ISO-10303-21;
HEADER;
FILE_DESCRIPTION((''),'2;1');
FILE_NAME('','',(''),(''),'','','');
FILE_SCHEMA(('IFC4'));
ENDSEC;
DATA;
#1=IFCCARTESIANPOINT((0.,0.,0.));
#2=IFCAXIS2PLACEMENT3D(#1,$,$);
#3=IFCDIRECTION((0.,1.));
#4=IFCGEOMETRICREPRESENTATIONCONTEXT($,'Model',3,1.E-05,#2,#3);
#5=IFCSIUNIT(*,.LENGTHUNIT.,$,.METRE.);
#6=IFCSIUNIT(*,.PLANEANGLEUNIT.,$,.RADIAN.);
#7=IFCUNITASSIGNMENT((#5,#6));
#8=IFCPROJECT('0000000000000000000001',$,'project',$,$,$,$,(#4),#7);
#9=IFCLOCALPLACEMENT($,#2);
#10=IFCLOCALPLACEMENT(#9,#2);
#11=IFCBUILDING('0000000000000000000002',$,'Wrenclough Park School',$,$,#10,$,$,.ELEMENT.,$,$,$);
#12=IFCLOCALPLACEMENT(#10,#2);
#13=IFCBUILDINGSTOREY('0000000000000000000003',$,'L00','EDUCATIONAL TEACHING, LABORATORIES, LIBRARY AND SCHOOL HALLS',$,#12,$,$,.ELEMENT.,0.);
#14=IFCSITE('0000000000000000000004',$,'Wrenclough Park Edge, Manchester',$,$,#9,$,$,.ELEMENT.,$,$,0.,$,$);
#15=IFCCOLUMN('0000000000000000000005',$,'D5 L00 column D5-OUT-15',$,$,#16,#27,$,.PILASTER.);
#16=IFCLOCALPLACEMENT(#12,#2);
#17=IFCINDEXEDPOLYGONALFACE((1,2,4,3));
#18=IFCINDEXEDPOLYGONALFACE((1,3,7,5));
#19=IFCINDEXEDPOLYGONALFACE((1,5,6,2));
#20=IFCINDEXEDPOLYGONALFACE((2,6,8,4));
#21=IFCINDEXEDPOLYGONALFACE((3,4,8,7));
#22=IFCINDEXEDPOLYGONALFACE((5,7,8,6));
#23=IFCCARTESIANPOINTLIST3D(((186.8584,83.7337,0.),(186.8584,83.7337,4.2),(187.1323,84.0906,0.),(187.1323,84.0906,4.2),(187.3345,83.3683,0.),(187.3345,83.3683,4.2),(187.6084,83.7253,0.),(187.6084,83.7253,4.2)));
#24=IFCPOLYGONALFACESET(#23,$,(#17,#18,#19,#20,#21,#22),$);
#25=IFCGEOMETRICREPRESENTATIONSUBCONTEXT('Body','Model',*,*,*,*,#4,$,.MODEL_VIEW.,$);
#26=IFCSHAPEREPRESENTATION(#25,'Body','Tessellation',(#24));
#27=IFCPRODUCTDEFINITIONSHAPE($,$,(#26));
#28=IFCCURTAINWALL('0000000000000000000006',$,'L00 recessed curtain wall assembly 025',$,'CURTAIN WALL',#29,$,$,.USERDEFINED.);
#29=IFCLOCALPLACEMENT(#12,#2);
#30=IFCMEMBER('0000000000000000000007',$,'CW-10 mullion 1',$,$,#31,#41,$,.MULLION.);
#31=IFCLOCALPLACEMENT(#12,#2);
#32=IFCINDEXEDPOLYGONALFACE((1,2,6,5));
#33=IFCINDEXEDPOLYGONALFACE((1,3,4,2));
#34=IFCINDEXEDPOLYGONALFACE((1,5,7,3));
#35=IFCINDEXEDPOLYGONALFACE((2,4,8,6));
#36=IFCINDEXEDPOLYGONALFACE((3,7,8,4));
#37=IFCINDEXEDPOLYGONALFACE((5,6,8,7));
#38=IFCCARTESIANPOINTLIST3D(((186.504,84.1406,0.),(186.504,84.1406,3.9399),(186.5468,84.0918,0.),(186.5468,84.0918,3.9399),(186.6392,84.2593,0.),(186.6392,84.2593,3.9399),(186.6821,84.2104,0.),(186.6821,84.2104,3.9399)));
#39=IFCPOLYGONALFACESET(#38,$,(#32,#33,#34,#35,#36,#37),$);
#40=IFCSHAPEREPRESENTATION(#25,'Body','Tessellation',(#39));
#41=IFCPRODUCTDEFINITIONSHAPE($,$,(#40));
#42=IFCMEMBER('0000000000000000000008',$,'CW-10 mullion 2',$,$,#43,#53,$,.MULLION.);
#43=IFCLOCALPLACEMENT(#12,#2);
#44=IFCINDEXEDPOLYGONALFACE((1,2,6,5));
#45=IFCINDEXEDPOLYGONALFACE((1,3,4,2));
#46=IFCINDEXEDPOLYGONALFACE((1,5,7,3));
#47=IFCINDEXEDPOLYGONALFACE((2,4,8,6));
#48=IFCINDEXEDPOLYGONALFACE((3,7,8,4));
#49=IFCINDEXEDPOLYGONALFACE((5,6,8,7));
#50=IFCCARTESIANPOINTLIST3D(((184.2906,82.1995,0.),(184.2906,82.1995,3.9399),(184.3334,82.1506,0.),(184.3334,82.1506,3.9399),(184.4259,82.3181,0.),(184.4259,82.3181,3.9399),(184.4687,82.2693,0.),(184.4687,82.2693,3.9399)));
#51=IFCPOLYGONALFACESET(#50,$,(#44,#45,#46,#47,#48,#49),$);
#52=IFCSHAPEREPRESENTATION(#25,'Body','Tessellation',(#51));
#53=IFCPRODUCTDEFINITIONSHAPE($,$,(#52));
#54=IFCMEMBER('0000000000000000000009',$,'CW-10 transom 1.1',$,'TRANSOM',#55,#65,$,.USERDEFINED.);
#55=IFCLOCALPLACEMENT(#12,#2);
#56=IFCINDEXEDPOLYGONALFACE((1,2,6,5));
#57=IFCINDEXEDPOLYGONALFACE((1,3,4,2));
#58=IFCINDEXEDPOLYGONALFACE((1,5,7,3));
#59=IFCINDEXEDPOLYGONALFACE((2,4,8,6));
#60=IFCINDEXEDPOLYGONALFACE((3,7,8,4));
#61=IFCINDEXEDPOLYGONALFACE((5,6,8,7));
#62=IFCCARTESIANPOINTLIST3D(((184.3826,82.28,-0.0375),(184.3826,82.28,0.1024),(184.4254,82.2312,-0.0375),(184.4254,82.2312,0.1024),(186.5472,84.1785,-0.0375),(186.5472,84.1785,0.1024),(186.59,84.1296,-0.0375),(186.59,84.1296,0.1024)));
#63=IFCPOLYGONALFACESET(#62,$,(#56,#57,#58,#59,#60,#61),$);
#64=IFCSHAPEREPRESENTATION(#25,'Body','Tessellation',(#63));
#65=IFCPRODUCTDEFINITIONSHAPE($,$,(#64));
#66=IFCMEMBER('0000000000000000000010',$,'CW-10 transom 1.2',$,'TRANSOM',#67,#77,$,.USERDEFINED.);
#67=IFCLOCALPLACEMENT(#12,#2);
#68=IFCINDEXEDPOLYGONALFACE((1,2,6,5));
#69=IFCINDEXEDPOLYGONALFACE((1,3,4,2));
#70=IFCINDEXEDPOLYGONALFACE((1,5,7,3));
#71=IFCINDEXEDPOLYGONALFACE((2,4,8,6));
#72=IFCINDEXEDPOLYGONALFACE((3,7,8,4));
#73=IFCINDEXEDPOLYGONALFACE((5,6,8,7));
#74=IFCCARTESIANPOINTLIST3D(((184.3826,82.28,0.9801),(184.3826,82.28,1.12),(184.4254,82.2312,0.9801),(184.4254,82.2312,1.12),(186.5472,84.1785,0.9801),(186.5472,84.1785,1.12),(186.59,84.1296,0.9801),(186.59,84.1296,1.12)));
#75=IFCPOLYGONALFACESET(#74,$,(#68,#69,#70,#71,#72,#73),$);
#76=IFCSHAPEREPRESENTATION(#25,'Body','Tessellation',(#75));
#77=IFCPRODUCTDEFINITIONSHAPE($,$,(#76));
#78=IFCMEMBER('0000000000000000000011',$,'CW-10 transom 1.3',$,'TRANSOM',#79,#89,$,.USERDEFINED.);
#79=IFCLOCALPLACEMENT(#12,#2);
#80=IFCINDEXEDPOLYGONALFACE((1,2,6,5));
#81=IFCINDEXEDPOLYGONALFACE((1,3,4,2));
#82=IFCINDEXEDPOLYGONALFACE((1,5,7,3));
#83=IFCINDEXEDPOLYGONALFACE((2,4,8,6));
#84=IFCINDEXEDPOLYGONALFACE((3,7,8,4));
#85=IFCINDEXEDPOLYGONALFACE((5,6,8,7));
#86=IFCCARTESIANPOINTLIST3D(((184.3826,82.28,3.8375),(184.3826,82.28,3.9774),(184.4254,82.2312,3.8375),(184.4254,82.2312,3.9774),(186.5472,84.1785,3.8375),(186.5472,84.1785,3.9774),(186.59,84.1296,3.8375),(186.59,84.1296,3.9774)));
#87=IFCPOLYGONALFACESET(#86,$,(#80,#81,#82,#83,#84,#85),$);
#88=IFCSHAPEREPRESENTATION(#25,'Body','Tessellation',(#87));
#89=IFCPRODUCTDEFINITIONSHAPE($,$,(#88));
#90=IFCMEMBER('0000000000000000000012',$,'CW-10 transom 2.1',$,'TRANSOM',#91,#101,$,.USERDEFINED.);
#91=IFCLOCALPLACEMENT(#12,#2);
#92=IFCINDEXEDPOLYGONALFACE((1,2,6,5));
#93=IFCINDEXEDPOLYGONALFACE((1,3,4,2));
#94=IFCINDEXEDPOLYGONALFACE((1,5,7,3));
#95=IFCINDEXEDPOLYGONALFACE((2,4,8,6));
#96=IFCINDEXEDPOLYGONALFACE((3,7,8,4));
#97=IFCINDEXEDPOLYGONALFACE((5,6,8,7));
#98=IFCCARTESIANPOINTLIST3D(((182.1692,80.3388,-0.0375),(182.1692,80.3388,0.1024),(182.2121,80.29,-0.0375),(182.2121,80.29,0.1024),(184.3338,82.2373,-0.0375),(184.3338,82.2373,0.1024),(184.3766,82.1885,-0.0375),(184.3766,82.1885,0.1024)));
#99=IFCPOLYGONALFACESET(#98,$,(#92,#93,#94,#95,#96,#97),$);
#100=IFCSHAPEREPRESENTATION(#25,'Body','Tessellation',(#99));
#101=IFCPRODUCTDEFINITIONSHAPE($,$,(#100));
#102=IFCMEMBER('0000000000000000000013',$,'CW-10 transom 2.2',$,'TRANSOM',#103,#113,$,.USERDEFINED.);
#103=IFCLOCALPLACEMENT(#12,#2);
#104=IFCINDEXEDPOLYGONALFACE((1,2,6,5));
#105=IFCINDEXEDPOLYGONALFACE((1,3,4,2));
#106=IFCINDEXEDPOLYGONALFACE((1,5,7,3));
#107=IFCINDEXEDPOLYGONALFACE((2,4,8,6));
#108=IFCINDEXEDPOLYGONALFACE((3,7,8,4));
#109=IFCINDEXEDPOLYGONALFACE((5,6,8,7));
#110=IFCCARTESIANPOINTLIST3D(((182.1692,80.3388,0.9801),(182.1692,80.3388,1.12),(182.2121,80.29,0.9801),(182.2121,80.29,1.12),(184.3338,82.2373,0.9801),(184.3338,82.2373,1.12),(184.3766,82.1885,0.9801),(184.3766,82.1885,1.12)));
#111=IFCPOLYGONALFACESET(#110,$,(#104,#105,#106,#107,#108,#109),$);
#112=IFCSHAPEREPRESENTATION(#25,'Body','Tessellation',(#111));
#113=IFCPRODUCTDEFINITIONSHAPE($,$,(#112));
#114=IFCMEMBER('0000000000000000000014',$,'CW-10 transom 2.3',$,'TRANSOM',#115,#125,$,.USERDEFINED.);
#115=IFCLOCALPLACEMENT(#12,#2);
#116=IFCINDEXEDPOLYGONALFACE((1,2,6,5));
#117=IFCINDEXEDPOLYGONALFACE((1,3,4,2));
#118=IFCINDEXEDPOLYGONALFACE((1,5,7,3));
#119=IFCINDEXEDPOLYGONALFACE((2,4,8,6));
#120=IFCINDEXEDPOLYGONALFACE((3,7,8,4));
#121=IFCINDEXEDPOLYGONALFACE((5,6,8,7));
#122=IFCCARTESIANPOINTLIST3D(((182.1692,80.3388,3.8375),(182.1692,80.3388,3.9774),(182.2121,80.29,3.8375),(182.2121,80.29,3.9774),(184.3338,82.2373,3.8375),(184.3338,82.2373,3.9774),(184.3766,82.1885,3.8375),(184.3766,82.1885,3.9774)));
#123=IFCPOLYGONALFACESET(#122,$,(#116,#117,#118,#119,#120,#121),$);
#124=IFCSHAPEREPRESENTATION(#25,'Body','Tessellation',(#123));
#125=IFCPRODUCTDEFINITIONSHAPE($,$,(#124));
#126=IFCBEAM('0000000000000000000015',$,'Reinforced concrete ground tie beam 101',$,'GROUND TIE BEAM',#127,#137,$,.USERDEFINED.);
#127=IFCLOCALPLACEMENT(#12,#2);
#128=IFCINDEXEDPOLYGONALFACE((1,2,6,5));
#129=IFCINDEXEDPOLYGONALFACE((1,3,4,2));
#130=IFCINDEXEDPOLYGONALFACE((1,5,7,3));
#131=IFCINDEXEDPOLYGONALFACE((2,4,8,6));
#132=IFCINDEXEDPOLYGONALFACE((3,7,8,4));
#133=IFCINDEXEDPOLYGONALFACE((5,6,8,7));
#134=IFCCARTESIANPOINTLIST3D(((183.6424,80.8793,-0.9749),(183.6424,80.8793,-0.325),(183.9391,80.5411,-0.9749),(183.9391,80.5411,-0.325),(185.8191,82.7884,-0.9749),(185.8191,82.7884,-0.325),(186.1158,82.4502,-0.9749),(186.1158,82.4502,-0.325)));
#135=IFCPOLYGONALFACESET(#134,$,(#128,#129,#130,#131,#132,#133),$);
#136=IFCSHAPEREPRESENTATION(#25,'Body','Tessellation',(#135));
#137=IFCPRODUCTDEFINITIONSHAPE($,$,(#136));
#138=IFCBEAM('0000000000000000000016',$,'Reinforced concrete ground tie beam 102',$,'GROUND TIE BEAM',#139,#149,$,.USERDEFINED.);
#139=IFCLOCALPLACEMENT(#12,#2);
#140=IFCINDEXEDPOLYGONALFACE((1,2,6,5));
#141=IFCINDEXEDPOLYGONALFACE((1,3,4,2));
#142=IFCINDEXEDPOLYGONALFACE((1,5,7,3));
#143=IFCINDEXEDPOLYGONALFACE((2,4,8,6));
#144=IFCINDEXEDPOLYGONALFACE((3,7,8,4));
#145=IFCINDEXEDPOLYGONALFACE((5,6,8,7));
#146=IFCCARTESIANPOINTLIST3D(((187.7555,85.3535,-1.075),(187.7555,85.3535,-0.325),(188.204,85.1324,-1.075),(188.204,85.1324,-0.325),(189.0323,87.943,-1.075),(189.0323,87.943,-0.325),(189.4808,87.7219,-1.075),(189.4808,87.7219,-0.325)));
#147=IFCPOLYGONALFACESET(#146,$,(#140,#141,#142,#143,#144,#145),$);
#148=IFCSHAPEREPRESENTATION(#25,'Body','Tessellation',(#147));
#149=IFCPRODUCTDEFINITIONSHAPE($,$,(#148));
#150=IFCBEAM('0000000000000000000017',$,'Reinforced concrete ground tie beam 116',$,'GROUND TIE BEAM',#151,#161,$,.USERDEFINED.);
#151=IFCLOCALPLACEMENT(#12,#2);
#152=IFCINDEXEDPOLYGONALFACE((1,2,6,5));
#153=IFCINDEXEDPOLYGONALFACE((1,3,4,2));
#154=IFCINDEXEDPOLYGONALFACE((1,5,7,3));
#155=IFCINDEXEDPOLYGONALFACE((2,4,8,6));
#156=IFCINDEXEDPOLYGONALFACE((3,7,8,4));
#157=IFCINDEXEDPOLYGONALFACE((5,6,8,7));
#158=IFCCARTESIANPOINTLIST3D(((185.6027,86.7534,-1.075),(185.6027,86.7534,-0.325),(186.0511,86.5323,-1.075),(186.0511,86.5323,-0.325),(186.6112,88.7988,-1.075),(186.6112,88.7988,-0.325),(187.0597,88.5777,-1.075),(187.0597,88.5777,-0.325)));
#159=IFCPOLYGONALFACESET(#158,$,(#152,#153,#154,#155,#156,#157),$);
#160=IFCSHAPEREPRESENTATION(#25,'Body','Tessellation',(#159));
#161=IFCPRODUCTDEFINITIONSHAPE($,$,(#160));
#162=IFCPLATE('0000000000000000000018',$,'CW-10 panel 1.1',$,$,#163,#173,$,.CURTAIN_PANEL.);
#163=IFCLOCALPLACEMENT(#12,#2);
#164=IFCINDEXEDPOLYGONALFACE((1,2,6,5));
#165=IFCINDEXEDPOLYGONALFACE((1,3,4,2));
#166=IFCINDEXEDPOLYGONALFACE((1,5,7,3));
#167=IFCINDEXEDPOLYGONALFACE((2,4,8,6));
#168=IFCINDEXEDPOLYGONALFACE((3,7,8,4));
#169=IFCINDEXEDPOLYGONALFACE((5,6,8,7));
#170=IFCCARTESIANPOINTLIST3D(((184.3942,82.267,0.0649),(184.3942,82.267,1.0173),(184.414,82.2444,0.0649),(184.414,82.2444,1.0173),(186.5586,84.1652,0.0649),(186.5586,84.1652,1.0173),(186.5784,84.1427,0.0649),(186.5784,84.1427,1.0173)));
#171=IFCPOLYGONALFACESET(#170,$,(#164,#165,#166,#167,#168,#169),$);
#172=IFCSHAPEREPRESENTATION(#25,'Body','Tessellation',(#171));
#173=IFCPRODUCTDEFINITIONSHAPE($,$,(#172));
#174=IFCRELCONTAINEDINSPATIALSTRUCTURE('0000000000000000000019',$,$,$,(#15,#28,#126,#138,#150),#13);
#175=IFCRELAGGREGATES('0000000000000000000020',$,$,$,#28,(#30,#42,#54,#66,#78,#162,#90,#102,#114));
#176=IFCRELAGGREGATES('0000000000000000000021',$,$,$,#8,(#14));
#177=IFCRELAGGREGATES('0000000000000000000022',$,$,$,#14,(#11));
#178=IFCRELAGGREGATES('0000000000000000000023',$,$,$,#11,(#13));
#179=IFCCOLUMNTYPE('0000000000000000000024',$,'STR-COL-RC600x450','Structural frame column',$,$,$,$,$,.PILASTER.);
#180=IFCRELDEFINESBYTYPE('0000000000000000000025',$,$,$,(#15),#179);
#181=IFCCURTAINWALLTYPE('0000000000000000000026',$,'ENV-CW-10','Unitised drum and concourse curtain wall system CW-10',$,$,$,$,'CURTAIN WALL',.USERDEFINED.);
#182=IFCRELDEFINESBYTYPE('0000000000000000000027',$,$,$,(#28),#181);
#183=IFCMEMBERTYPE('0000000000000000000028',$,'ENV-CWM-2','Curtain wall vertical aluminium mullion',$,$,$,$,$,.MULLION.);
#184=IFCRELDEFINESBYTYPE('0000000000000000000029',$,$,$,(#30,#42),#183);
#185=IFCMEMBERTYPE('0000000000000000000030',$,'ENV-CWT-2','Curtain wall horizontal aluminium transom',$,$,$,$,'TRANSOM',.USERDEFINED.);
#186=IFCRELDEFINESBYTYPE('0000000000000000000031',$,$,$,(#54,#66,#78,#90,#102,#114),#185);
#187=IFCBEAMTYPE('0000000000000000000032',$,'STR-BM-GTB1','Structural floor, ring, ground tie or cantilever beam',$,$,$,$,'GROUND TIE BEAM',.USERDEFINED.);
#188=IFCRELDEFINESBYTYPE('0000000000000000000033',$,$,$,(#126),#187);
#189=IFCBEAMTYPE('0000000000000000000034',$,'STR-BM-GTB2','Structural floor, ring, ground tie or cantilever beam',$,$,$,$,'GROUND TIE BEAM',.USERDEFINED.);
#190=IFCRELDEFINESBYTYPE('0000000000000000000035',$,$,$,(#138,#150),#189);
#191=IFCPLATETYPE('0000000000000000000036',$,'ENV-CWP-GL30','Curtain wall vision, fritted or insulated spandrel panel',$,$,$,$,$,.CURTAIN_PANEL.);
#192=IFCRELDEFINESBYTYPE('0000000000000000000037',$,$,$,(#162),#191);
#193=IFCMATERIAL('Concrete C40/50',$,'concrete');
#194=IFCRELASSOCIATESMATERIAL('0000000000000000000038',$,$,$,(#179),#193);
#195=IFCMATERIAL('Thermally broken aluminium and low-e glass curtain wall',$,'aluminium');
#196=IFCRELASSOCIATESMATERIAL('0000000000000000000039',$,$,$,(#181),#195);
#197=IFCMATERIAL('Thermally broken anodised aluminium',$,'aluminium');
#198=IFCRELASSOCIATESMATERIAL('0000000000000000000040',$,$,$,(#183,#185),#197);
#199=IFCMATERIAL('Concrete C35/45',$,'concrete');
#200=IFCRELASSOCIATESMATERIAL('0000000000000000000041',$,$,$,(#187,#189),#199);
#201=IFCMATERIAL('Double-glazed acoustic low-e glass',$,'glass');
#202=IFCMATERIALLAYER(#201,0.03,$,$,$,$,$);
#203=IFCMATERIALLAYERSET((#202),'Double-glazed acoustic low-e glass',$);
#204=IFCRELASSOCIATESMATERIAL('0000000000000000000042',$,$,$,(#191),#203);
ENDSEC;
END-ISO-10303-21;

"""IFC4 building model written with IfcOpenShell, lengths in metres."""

from ifc_helpers import new_model, si_unit, direction, frame, origin, origin_2d, place, context, subcontext, project, spatial, rectangle, extrude, material, layer, layer_set, material_profile, profile_set, type_object, element, aggregate, save


model = new_model("IFC4")

# Units and contexts
model_context = context("Model", 3, precision=1e-05, world=origin(), true_north=direction((0.0, 1.0)))
body_context = subcontext(model_context, "Body", "Model", "MODEL_VIEW")
ifc_project = project(units=[si_unit("LENGTHUNIT", "METRE"), si_unit("PLANEANGLEUNIT", "RADIAN")], contexts=[model_context])

# Site, building, storey
site_placement = place(None, origin())
site = spatial("IfcSite", under=ifc_project, at=site_placement, Name="Wrenclough Park Edge, Manchester", CompositionType="ELEMENT", RefElevation=0.0)
building_placement = place(site_placement, origin())
building = spatial("IfcBuilding", under=site, at=building_placement, Name="Wrenclough Park School", CompositionType="ELEMENT")
storey_placement = place(building_placement, origin())
storey = spatial("IfcBuildingStorey", under=building, at=storey_placement, Name="L00", Description="EDUCATIONAL TEACHING, LABORATORIES, LIBRARY AND SCHOOL HALLS", CompositionType="ELEMENT", Elevation=0.0)

# Shared definitions
ifc_material_1 = material(Name="Concrete C35/45", Category="concrete")

# Column
ifc_material_2 = material(Name="Concrete C40/50", Category="concrete")
ifc_material_profile_1 = material_profile(ifc_material_2, rectangle(XDim=0.45, YDim=0.6001, at=origin_2d()), Name="RC COL 600x450")
ifc_profile_set_1 = profile_set([ifc_material_profile_1], Name="Concrete C40/50")
column_type_1 = type_object("IfcColumnType", Name="STR-COL-RC600x450", Description="Structural frame column", PredefinedType="PILASTER", material=ifc_profile_set_1)
column_1_placement = place(storey_placement, frame((187.2334, 83.7295, 0.0), z_axis=(0.0, 0.0, 1.0), x_axis=(0.608761, 0.793353, 0.0)))
element("IfcColumn", 1, at=column_1_placement, inside=storey, type_object=column_type_1, Name="D5 L00 column D5-OUT-15", PredefinedType="PILASTER", context=body_context, shape_type="SweptSolid", body=[
    extrude(rectangle(XDim=0.45, YDim=0.6001, at=origin_2d()), origin(), (0.0, 0.0, 1.0), 4.2),
])

# Curtain wall, members
ifc_material_3 = material(Name="Thermally broken aluminium and low-e glass curtain wall", Category="aluminium")
curtain_wall_type = type_object("IfcCurtainWallType", Name="ENV-CW-10", Description="Unitised drum and concourse curtain wall system CW-10", ElementType="CURTAIN WALL", PredefinedType="USERDEFINED", material=ifc_material_3)
curtain_wall_placement = place(storey_placement, origin())
curtain_wall = element("IfcCurtainWall", 2, at=curtain_wall_placement, inside=storey, type_object=curtain_wall_type, Name="L00 recessed curtain wall assembly 025", ObjectType="CURTAIN WALL", PredefinedType="USERDEFINED")
ifc_material_4 = material(Name="Thermally broken anodised aluminium", Category="aluminium")
ifc_material_profile_2 = material_profile(ifc_material_4, rectangle(XDim=0.0649, YDim=0.1799, at=origin_2d()), Name="AL MULLION 65x180")
ifc_profile_set_2 = profile_set([ifc_material_profile_2], Name="Thermally broken anodised aluminium")
member_type_1 = type_object("IfcMemberType", Name="ENV-CWM-2", Description="Curtain wall vertical aluminium mullion", PredefinedType="MULLION", material=ifc_profile_set_2)
member_1_placement = place(storey_placement, frame((186.593, 84.1755, 0.0), z_axis=(0.0, 0.0, 1.0), x_axis=(0.659365, -0.751823, 0.0)))
member_1 = element("IfcMember", 3, at=member_1_placement, type_object=member_type_1, Name="CW-10 mullion 1", PredefinedType="MULLION", context=body_context, shape_type="SweptSolid", body=[
    extrude(rectangle(XDim=0.0649, YDim=0.1799, at=origin_2d()), origin(), (0.0, 0.0, 1.0), 3.9399),
])
member_2_placement = place(storey_placement, frame((184.3796, 82.2344, 0.0), z_axis=(0.0, 0.0, 1.0), x_axis=(0.659365, -0.751823, 0.0)))
member_2 = element("IfcMember", 4, at=member_2_placement, type_object=member_type_1, Name="CW-10 mullion 2", PredefinedType="MULLION", context=body_context, shape_type="SweptSolid", body=[
    extrude(rectangle(XDim=0.0649, YDim=0.1799, at=origin_2d()), origin(), (0.0, 0.0, 1.0), 3.9399),
])
ifc_material_profile_3 = material_profile(ifc_material_4, rectangle(XDim=0.0649, YDim=0.1399, at=origin_2d()), Name="AL TRANSOM 65x140")
ifc_profile_set_3 = profile_set([ifc_material_profile_3], Name="Thermally broken anodised aluminium")
member_type_2 = type_object("IfcMemberType", Name="ENV-CWT-2", Description="Curtain wall horizontal aluminium transom", ElementType="TRANSOM", PredefinedType="USERDEFINED", material=ifc_profile_set_3)
member_3_placement = place(storey_placement, frame((186.5686, 84.1541, 0.0325), z_axis=(-0.751809, -0.659381, 0.0), x_axis=(0.659381, -0.751809, 0.0)))
member_3 = element("IfcMember", 5, at=member_3_placement, type_object=member_type_2, Name="CW-10 transom 1.1", ObjectType="TRANSOM", PredefinedType="USERDEFINED", context=body_context, shape_type="SweptSolid", body=[
    extrude(rectangle(XDim=0.0649, YDim=0.1399, at=origin_2d()), origin(), (0.0, 0.0, 1.0), 2.8792),
])
member_4_placement = place(storey_placement, frame((186.5686, 84.1541, 1.05), z_axis=(-0.751809, -0.659381, 0.0), x_axis=(0.659381, -0.751809, 0.0)))
member_4 = element("IfcMember", 6, at=member_4_placement, type_object=member_type_2, Name="CW-10 transom 1.2", ObjectType="TRANSOM", PredefinedType="USERDEFINED", context=body_context, shape_type="SweptSolid", body=[
    extrude(rectangle(XDim=0.0649, YDim=0.1399, at=origin_2d()), origin(), (0.0, 0.0, 1.0), 2.8792),
])
member_5_placement = place(storey_placement, frame((186.5686, 84.1541, 3.9075), z_axis=(-0.751809, -0.659381, 0.0), x_axis=(0.659381, -0.751809, 0.0)))
member_5 = element("IfcMember", 7, at=member_5_placement, type_object=member_type_2, Name="CW-10 transom 1.3", ObjectType="TRANSOM", PredefinedType="USERDEFINED", context=body_context, shape_type="SweptSolid", body=[
    extrude(rectangle(XDim=0.0649, YDim=0.1399, at=origin_2d()), origin(), (0.0, 0.0, 1.0), 2.8792),
])
member_6_placement = place(storey_placement, frame((184.3552, 82.2129, 0.0325), z_axis=(-0.751809, -0.659381, 0.0), x_axis=(0.659381, -0.751809, 0.0)))
member_6 = element("IfcMember", 8, at=member_6_placement, type_object=member_type_2, Name="CW-10 transom 2.1", ObjectType="TRANSOM", PredefinedType="USERDEFINED", context=body_context, shape_type="SweptSolid", body=[
    extrude(rectangle(XDim=0.0649, YDim=0.1399, at=origin_2d()), origin(), (0.0, 0.0, 1.0), 2.8792),
])
member_7_placement = place(storey_placement, frame((184.3552, 82.2129, 1.05), z_axis=(-0.751809, -0.659381, 0.0), x_axis=(0.659381, -0.751809, 0.0)))
member_7 = element("IfcMember", 9, at=member_7_placement, type_object=member_type_2, Name="CW-10 transom 2.2", ObjectType="TRANSOM", PredefinedType="USERDEFINED", context=body_context, shape_type="SweptSolid", body=[
    extrude(rectangle(XDim=0.0649, YDim=0.1399, at=origin_2d()), origin(), (0.0, 0.0, 1.0), 2.8792),
])
member_8_placement = place(storey_placement, frame((184.3552, 82.2129, 3.9075), z_axis=(-0.751809, -0.659381, 0.0), x_axis=(0.659381, -0.751809, 0.0)))
member_8 = element("IfcMember", 10, at=member_8_placement, type_object=member_type_2, Name="CW-10 transom 2.3", ObjectType="TRANSOM", PredefinedType="USERDEFINED", context=body_context, shape_type="SweptSolid", body=[
    extrude(rectangle(XDim=0.0649, YDim=0.1399, at=origin_2d()), origin(), (0.0, 0.0, 1.0), 2.8792),
])

# Beams
ifc_material_profile_4 = material_profile(ifc_material_1, rectangle(XDim=0.45, YDim=0.6499, at=origin_2d()), Name="RC GROUND 450x650")
ifc_profile_set_4 = profile_set([ifc_material_profile_4], Name="Concrete C35/45")
beam_type_1 = type_object("IfcBeamType", Name="STR-BM-GTB1", Description="Structural floor, ring, ground tie or cantilever beam", ElementType="GROUND TIE BEAM", PredefinedType="USERDEFINED", material=ifc_profile_set_4)
beam_1_placement = place(storey_placement, frame((183.7908, 80.7102, -0.6499), z_axis=(0.751803, 0.659388, 0.0), x_axis=(-0.659388, 0.751803, 0.0)))
element("IfcBeam", 11, at=beam_1_placement, inside=storey, type_object=beam_type_1, Name="Reinforced concrete ground tie beam 101", ObjectType="GROUND TIE BEAM", PredefinedType="USERDEFINED", context=body_context, shape_type="SweptSolid", body=[
    extrude(rectangle(XDim=0.45, YDim=0.6499, at=origin_2d()), origin(), (0.0, 0.0, 1.0), 2.8953),
])
ifc_material_profile_5 = material_profile(ifc_material_1, rectangle(XDim=0.5, YDim=0.75, at=origin_2d()), Name="RC GROUND 500x750")
ifc_profile_set_5 = profile_set([ifc_material_profile_5], Name="Concrete C35/45")
beam_type_2 = type_object("IfcBeamType", Name="STR-BM-GTB2", Description="Structural floor, ring, ground tie or cantilever beam", ElementType="GROUND TIE BEAM", PredefinedType="USERDEFINED", material=ifc_profile_set_5)
beam_2_placement = place(storey_placement, frame((187.9797, 85.2429, -0.7), z_axis=(0.442235, 0.896899, 0.0), x_axis=(-0.896899, 0.442235, 0.0)))
element("IfcBeam", 12, at=beam_2_placement, inside=storey, type_object=beam_type_2, Name="Reinforced concrete ground tie beam 102", ObjectType="GROUND TIE BEAM", PredefinedType="USERDEFINED", context=body_context, shape_type="SweptSolid", body=[
    extrude(rectangle(XDim=0.5, YDim=0.75, at=origin_2d()), origin(), (0.0, 0.0, 1.0), 2.8872),
])
beam_3_placement = place(storey_placement, frame((185.8269, 86.6428, -0.7), z_axis=(0.442239, 0.896897, 0.0), x_axis=(-0.896897, 0.442239, 0.0)))
element("IfcBeam", 13, at=beam_3_placement, inside=storey, type_object=beam_type_2, Name="Reinforced concrete ground tie beam 116", ObjectType="GROUND TIE BEAM", PredefinedType="USERDEFINED", context=body_context, shape_type="SweptSolid", body=[
    extrude(rectangle(XDim=0.5, YDim=0.75, at=origin_2d()), origin(), (0.0, 0.0, 1.0), 2.2805),
])

# Plate
ifc_material_5 = material(Name="Double-glazed acoustic low-e glass", Category="glass")
ifc_layer_1 = layer(ifc_material_5, 0.03)
ifc_layer_set_1 = layer_set([ifc_layer_1], Name="Double-glazed acoustic low-e glass")
plate_type_1 = type_object("IfcPlateType", Name="ENV-CWP-GL30", Description="Curtain wall vision, fritted or insulated spandrel panel", PredefinedType="CURTAIN_PANEL", material=ifc_layer_set_1)
plate_1_placement = place(storey_placement, frame((185.4863, 83.2048, 0.0649), z_axis=(0.0, 0.0, 1.0), x_axis=(-0.751823, -0.659365, 0.0)))
plate_1 = element("IfcPlate", 14, at=plate_1_placement, type_object=plate_type_1, Name="CW-10 panel 1.1", PredefinedType="CURTAIN_PANEL", context=body_context, shape_type="SweptSolid", body=[
    extrude(rectangle(XDim=2.8789, YDim=0.03, at=origin_2d()), origin(), (0.0, 0.0, 1.0), 0.9524),
])
aggregate(curtain_wall, [member_1, member_2, member_3, member_4, member_5, plate_1, member_6, member_7, member_8])

save(model, "model.ifc")
